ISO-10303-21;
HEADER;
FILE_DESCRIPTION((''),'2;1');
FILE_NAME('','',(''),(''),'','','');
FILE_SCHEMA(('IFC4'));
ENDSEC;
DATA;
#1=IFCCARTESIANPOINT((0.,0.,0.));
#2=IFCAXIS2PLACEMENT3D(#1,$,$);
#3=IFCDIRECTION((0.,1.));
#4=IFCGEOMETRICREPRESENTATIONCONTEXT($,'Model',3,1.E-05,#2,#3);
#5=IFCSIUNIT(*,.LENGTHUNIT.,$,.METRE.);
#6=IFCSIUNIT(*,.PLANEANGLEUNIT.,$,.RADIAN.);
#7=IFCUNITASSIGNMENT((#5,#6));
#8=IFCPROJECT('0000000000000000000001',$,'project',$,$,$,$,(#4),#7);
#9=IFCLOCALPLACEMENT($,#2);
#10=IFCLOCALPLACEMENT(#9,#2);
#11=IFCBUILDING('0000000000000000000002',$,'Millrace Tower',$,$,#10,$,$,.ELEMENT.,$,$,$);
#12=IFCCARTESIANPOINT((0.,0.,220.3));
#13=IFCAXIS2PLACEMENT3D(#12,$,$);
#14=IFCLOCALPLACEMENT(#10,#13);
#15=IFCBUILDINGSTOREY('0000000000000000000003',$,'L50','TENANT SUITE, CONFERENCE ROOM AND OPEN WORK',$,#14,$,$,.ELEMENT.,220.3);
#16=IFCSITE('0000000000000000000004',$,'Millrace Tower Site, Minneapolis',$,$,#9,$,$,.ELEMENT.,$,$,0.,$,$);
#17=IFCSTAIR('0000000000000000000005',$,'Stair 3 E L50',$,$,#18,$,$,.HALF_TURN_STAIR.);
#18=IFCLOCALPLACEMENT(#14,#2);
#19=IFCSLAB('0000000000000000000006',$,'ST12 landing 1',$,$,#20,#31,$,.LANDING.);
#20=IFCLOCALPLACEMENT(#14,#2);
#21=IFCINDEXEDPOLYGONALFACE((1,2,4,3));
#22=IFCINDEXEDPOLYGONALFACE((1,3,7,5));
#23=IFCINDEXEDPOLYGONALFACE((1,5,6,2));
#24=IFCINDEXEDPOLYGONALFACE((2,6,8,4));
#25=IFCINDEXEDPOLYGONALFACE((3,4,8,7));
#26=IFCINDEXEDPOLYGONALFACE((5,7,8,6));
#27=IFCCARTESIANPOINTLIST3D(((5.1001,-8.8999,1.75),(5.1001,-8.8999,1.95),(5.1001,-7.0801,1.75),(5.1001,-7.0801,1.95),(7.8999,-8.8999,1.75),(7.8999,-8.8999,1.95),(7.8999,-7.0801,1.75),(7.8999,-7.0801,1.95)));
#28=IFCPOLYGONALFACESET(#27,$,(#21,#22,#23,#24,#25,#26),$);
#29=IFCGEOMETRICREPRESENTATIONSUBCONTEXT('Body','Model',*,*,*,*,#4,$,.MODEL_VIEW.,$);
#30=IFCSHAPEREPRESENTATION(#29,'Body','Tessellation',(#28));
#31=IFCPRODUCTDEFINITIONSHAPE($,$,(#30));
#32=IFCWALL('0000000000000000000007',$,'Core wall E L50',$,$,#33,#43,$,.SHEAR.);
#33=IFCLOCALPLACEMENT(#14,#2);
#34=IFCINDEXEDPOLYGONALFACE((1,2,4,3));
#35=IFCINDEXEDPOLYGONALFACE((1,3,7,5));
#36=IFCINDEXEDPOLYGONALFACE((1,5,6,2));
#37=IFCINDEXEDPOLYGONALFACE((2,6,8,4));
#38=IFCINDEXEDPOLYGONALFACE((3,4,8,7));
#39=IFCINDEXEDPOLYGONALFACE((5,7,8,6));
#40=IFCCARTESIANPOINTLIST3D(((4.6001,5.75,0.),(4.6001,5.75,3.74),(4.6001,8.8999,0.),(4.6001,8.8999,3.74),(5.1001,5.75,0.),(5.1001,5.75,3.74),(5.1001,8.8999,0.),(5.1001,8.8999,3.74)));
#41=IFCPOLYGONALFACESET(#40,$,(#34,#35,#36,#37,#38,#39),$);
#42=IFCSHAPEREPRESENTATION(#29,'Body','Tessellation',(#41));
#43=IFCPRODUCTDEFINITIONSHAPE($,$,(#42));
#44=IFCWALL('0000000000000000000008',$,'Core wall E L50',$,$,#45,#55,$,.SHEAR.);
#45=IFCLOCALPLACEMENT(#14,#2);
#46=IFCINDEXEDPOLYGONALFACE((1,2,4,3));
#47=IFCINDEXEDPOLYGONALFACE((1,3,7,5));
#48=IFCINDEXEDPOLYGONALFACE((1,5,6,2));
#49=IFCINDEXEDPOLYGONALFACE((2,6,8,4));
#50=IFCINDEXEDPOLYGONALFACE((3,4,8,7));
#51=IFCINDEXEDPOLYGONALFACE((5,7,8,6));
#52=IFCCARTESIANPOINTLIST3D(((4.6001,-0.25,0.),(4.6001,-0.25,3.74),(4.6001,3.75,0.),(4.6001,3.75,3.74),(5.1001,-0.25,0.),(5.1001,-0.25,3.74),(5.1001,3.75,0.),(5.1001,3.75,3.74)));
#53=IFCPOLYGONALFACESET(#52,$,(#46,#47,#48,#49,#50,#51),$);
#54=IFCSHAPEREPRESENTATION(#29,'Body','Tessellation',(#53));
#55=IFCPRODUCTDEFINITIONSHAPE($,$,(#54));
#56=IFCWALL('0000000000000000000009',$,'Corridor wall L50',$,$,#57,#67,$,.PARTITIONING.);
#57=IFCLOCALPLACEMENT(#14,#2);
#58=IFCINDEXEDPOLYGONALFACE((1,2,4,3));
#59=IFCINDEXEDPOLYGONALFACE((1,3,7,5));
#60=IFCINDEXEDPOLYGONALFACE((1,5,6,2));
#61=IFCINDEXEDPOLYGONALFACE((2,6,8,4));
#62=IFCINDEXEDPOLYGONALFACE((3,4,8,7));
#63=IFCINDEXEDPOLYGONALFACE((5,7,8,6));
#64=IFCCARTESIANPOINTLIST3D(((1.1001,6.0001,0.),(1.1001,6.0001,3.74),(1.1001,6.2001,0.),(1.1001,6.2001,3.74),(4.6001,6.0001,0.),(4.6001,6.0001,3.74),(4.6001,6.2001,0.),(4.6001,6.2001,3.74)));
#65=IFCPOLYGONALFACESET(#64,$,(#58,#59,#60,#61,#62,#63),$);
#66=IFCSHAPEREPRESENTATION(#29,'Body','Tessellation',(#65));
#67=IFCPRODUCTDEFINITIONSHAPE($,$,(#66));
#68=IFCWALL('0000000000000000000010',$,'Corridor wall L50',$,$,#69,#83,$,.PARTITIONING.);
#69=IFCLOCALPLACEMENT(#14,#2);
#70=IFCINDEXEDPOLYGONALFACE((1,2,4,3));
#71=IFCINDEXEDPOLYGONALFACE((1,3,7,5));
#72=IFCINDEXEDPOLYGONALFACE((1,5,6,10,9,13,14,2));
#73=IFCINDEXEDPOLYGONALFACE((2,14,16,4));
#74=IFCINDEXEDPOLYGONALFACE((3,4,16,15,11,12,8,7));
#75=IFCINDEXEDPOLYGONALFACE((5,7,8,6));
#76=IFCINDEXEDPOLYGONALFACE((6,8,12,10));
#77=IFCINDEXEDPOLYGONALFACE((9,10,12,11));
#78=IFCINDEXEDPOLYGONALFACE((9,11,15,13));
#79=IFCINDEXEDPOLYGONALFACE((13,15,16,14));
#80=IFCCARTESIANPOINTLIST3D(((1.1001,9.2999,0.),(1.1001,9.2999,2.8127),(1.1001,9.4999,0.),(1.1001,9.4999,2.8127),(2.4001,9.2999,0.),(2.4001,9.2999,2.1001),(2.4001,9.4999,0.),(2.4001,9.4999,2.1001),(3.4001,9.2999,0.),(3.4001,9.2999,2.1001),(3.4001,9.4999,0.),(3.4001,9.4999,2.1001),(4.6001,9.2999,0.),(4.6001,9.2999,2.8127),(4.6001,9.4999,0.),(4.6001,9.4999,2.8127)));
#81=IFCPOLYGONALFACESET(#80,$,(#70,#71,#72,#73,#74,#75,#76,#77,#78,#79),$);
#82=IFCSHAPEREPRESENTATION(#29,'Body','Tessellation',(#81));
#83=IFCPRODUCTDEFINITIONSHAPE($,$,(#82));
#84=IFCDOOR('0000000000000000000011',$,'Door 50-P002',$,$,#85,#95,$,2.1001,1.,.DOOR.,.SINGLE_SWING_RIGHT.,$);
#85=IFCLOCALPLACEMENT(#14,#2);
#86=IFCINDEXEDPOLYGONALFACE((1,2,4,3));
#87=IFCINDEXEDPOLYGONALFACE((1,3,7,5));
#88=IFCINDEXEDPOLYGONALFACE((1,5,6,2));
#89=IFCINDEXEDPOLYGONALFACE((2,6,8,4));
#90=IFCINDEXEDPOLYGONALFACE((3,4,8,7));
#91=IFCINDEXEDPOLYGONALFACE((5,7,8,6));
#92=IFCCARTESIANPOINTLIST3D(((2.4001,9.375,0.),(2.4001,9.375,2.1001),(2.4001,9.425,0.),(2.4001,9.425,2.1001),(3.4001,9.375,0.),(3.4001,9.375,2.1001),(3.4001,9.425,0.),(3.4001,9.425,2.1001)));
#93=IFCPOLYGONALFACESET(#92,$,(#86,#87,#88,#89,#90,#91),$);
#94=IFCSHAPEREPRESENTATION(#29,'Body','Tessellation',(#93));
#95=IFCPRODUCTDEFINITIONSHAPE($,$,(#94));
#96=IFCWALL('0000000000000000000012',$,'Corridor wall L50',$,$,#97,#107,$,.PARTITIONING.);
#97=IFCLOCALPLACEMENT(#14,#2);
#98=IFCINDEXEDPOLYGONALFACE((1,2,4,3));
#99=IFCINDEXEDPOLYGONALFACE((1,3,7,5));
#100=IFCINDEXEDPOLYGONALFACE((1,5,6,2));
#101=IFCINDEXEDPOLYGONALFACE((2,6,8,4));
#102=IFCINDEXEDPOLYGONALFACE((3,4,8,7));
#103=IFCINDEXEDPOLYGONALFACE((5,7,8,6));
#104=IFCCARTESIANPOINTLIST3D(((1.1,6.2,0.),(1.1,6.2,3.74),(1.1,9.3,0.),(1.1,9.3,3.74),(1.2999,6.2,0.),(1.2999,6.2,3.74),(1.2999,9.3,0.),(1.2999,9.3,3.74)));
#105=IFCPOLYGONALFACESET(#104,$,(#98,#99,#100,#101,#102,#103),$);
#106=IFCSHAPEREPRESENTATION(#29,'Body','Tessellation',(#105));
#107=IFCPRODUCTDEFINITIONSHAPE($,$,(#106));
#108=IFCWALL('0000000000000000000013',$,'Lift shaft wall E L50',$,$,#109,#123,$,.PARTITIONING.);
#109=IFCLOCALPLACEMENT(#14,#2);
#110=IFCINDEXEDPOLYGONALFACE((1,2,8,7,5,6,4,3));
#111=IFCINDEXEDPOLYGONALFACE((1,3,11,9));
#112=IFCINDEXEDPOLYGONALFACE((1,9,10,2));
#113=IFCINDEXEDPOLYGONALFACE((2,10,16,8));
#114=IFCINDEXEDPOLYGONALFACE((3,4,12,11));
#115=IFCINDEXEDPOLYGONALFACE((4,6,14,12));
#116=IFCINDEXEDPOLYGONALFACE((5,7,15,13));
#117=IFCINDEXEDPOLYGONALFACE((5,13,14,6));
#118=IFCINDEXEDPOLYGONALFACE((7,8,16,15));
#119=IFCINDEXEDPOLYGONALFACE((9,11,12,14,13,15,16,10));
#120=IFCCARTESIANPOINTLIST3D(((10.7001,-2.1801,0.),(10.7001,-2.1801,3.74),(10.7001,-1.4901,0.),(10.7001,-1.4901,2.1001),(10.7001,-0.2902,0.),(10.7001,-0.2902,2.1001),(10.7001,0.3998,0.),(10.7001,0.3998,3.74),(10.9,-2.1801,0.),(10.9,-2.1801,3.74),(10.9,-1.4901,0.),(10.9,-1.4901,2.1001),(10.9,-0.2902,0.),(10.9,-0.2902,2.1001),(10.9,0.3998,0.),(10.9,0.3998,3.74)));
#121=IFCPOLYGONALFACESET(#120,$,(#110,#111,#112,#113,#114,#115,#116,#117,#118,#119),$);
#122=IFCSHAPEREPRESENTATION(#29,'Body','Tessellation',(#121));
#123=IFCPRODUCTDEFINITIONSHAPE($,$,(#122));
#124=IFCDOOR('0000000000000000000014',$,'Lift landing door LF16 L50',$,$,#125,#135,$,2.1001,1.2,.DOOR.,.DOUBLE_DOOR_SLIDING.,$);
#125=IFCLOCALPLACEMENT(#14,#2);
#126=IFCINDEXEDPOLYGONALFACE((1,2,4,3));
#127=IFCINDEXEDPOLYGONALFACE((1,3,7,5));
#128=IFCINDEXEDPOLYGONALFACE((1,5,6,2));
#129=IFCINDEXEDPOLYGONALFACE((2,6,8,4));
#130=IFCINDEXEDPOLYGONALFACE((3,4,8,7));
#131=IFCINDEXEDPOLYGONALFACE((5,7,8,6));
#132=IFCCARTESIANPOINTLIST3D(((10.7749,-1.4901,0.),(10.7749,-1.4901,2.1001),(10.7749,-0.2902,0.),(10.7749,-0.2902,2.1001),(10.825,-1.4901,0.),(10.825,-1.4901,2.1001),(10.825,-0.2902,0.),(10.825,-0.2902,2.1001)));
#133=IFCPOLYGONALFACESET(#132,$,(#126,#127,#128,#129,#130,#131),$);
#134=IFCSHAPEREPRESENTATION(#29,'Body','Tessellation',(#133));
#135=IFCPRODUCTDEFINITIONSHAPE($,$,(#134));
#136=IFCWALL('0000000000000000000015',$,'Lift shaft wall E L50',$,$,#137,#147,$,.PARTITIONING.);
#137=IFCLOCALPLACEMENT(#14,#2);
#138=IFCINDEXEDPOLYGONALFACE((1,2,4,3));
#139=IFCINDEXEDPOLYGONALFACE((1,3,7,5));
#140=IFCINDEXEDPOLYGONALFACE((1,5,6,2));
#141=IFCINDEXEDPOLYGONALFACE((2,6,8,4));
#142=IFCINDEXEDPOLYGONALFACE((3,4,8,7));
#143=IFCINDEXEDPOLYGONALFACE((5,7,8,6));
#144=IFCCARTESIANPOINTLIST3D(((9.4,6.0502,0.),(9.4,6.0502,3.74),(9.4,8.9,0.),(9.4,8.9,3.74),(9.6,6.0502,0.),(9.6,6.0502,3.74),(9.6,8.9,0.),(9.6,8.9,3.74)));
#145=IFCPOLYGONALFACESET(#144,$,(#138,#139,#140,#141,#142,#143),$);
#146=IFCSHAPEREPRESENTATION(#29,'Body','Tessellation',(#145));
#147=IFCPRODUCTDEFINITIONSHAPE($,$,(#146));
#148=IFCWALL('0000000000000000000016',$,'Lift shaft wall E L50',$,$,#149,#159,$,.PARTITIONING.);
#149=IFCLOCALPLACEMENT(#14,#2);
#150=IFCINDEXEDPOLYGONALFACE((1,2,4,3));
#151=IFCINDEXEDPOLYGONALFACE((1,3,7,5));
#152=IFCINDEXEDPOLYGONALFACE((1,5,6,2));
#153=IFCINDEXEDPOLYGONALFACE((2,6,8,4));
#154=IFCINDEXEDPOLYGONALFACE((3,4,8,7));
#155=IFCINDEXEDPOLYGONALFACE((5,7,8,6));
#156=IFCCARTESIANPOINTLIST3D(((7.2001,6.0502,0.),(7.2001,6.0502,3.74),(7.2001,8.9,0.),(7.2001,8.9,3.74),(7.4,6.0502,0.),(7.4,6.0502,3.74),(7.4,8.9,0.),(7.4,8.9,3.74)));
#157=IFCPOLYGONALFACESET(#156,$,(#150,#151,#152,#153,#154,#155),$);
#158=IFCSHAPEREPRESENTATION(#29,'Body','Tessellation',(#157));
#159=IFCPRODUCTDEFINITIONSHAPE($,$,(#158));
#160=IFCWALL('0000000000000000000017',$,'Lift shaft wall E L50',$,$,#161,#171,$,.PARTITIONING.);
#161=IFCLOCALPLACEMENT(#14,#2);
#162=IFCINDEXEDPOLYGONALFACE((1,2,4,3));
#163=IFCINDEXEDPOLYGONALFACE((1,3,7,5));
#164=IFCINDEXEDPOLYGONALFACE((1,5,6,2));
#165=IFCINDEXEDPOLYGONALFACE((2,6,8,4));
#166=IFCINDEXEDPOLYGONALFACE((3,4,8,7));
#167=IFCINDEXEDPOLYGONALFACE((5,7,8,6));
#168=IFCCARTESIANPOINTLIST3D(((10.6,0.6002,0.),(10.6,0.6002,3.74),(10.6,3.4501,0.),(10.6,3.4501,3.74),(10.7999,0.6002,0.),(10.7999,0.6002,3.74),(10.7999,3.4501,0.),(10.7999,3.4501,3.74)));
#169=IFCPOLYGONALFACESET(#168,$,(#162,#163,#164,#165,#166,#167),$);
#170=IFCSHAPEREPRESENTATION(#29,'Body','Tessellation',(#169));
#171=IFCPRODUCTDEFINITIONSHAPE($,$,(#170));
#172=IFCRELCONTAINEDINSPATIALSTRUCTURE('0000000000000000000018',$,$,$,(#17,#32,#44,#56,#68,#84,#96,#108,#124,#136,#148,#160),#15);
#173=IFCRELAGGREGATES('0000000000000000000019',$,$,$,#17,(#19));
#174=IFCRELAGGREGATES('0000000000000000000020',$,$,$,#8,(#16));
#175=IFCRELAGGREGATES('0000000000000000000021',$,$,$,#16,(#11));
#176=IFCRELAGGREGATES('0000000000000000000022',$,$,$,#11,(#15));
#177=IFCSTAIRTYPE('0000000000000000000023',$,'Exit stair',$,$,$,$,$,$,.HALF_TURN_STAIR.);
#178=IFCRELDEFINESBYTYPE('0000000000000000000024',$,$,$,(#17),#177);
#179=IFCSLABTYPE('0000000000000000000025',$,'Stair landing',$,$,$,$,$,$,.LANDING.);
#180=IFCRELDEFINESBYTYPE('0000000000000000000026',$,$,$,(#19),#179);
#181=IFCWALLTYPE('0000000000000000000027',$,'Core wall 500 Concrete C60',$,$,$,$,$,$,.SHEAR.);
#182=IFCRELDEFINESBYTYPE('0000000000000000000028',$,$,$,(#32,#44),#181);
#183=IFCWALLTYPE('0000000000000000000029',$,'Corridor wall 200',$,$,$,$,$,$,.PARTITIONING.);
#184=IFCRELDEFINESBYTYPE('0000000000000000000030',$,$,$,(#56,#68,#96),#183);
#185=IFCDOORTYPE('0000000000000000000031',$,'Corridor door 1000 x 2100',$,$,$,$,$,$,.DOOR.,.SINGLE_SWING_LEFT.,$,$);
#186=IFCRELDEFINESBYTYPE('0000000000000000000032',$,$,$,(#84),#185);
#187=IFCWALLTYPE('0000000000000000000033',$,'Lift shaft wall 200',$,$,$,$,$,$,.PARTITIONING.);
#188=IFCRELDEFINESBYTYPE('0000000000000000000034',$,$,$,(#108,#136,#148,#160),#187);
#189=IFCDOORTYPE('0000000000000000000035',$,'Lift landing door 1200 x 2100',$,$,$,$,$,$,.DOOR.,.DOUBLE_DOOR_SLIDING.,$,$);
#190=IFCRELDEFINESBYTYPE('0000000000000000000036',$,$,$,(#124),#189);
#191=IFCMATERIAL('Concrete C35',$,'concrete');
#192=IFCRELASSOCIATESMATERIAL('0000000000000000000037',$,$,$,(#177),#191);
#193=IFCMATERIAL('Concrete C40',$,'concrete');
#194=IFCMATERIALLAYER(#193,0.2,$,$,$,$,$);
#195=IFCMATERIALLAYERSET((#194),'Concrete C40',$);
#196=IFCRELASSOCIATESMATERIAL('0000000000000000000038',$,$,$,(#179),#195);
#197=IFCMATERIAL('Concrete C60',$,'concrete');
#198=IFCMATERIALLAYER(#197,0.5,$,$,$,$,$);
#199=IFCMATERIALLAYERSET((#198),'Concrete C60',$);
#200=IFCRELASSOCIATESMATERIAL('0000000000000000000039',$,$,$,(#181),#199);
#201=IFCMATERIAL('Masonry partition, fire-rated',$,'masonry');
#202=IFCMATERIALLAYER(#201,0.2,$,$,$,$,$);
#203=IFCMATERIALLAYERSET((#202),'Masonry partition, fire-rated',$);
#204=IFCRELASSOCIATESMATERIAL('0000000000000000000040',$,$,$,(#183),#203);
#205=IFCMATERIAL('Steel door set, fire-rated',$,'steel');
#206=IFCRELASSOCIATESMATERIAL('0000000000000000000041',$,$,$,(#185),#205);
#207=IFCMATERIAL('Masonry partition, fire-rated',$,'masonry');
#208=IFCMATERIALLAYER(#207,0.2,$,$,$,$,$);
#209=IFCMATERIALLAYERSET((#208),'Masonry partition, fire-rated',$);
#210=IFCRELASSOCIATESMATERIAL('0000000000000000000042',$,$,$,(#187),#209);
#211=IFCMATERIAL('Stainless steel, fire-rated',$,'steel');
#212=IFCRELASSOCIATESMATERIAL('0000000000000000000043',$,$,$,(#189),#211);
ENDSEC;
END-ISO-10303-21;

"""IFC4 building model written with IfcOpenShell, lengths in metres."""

from ifc_helpers import new_model, si_unit, direction, frame, frame_2d, origin, place, context, subcontext, project, spatial, polyline, rectangle, outline, extrude, material, layer, layer_set, type_object, element, fill, aggregate, save


model = new_model("IFC4")

# Units and contexts
model_context = context("Model", 3, precision=1e-05, world=origin(), true_north=direction((0.0, 1.0)))
body_context = subcontext(model_context, "Body", "Model", "MODEL_VIEW")
ifc_project = project(units=[si_unit("LENGTHUNIT", "METRE"), si_unit("PLANEANGLEUNIT", "RADIAN")], contexts=[model_context])

# Site, building, storey
site_placement = place(None, origin())
site = spatial("IfcSite", under=ifc_project, at=site_placement, Name="Millrace Tower Site, Minneapolis", CompositionType="ELEMENT", RefElevation=0.0)
building_placement = place(site_placement, origin())
building = spatial("IfcBuilding", under=site, at=building_placement, Name="Millrace Tower", CompositionType="ELEMENT")
storey_placement = place(building_placement, frame((0.0, 0.0, 220.3)))
storey = spatial("IfcBuildingStorey", under=building, at=storey_placement, Name="L50", Description="TENANT SUITE, CONFERENCE ROOM AND OPEN WORK", CompositionType="ELEMENT", Elevation=220.3)

# Shared definitions
placement_1 = place(storey_placement, origin())

# Stair, slab
ifc_material_1 = material(Name="Concrete C35", Category="concrete")
stair_type = type_object("IfcStairType", Name="Exit stair", PredefinedType="HALF_TURN_STAIR", material=ifc_material_1)
ifc_material_2 = material(Name="Concrete C40", Category="concrete")
ifc_layer_1 = layer(ifc_material_2, 0.2)
ifc_layer_set_1 = layer_set([ifc_layer_1], Name="Concrete C40")
slab_type = type_object("IfcSlabType", Name="Stair landing", PredefinedType="LANDING", material=ifc_layer_set_1)
placement_2 = place(storey_placement, frame((0.0, 0.0, 1.75)))
stair_1 = element("IfcStair", 1, at=placement_1, inside=storey, type_object=stair_type, Name="Stair 3 E L50", PredefinedType="HALF_TURN_STAIR")
slab_1 = element("IfcSlab", 2, at=placement_2, type_object=slab_type, Name="ST12 landing 1", PredefinedType="LANDING", context=body_context, shape_type="SweptSolid", body=[
    extrude(outline(polyline([(5.1001, -8.8999), (7.8999, -8.8999), (7.8999, -7.0801), (5.1001, -7.0801), (5.1001, -8.8999)])), origin(), (0.0, 0.0, 1.0), 0.2),
])
aggregate(stair_1, [slab_1])

# Walls
ifc_material_3 = material(Name="Concrete C60", Category="concrete")
ifc_layer_2 = layer(ifc_material_3, 0.5)
ifc_layer_set_2 = layer_set([ifc_layer_2], Name="Concrete C60")
wall_type_1 = type_object("IfcWallType", Name="Core wall 500 Concrete C60", PredefinedType="SHEAR", material=ifc_layer_set_2)
wall_1_placement = place(storey_placement, frame((4.8501, 8.8999, 0.0), z_axis=(0.0, 0.0, 1.0), x_axis=(0.0, -1.0, 0.0)))
element("IfcWall", 3, at=wall_1_placement, inside=storey, type_object=wall_type_1, Name="Core wall E L50", PredefinedType="SHEAR", context=body_context, shape_type="SweptSolid", body=[
    extrude(rectangle(XDim=3.1499, YDim=0.5, at=frame_2d((1.575, 0.0))), origin(), (0.0, 0.0, 1.0), 3.74),
])
wall_2_placement = place(storey_placement, frame((4.8501, 3.75, 0.0), z_axis=(0.0, 0.0, 1.0), x_axis=(0.0, -1.0, 0.0)))
element("IfcWall", 4, at=wall_2_placement, inside=storey, type_object=wall_type_1, Name="Core wall E L50", PredefinedType="SHEAR", context=body_context, shape_type="SweptSolid", body=[
    extrude(rectangle(XDim=4.0, YDim=0.5, at=frame_2d((2.0, 0.0))), origin(), (0.0, 0.0, 1.0), 3.74),
])
ifc_material_4 = material(Name="Masonry partition, fire-rated", Category="masonry")
ifc_layer_3 = layer(ifc_material_4, 0.2)
ifc_layer_set_3 = layer_set([ifc_layer_3], Name="Masonry partition, fire-rated")
wall_type_2 = type_object("IfcWallType", Name="Corridor wall 200", PredefinedType="PARTITIONING", material=ifc_layer_set_3)
wall_3_placement = place(storey_placement, frame((1.1001, 6.1001, 0.0), z_axis=(0.0, 0.0, 1.0), x_axis=(1.0, 0.0, 0.0)))
element("IfcWall", 5, at=wall_3_placement, inside=storey, type_object=wall_type_2, Name="Corridor wall L50", PredefinedType="PARTITIONING", context=body_context, shape_type="SweptSolid", body=[
    extrude(rectangle(XDim=3.5, YDim=0.2, at=frame_2d((1.75, 0.0))), origin(), (0.0, 0.0, 1.0), 3.74),
])

# Wall, opening, door
wall_4_placement = place(storey_placement, frame((1.1001, 9.3999, 0.0), z_axis=(0.0, 0.0, 1.0), x_axis=(1.0, 0.0, 0.0)))
wall_4 = element("IfcWall", 6, at=wall_4_placement, inside=storey, type_object=wall_type_2, Name="Corridor wall L50", PredefinedType="PARTITIONING", context=body_context, shape_type="SweptSolid", body=[
    extrude(rectangle(XDim=3.5, YDim=0.2, at=frame_2d((1.75, 0.0))), origin(), (0.0, 0.0, 1.0), 2.8127),
])
opening_1_placement = place(wall_4_placement, frame((1.3, 0.0, 0.0)))
opening_1 = element("IfcOpeningElement", 7, at=opening_1_placement, cuts=wall_4, PredefinedType="OPENING", context=body_context, shape_type="SweptSolid", body=[
    extrude(rectangle(XDim=1.0, YDim=2.1001, at=frame_2d((0.5, 1.05))), frame((0.0, 0.1099, 0.0), z_axis=(0.0, -1.0, 0.0), x_axis=(1.0, 0.0, 0.0)), (0.0, 0.0, 1.0), 0.22),
])
ifc_material_5 = material(Name="Steel door set, fire-rated", Category="steel")
door_type_1 = type_object("IfcDoorType", Name="Corridor door 1000 x 2100", OperationType="SINGLE_SWING_LEFT", PredefinedType="DOOR", material=ifc_material_5)
door_1_placement = place(opening_1_placement, frame((1.0, 0.0, 0.0), z_axis=(0.0, 0.0, 1.0), x_axis=(-1.0, 0.0, 0.0)))
door_1 = element("IfcDoor", 8, at=door_1_placement, inside=storey, type_object=door_type_1, Name="Door 50-P002", OperationType="SINGLE_SWING_RIGHT", OverallHeight=2.1001, OverallWidth=1.0, PredefinedType="DOOR", context=body_context, shape_type="SweptSolid", body=[
    extrude(rectangle(XDim=1.0, YDim=2.1001, at=frame_2d((0.5, 1.05))), frame((0.0, 0.0249, 0.0), z_axis=(0.0, -1.0, 0.0), x_axis=(1.0, 0.0, 0.0)), (0.0, 0.0, 1.0), 0.05),
])
fill(opening_1, door_1)

# Wall
wall_5_placement = place(storey_placement, frame((1.2, 6.2, 0.0), z_axis=(0.0, 0.0, 1.0), x_axis=(0.0, 1.0, 0.0)))
element("IfcWall", 9, at=wall_5_placement, inside=storey, type_object=wall_type_2, Name="Corridor wall L50", PredefinedType="PARTITIONING", context=body_context, shape_type="SweptSolid", body=[
    extrude(rectangle(XDim=3.1001, YDim=0.2, at=frame_2d((1.55, 0.0))), origin(), (0.0, 0.0, 1.0), 3.74),
])

# Wall, opening, door
ifc_material_6 = material(Name="Masonry partition, fire-rated", Category="masonry")
ifc_layer_4 = layer(ifc_material_6, 0.2)
ifc_layer_set_4 = layer_set([ifc_layer_4], Name="Masonry partition, fire-rated")
wall_type_3 = type_object("IfcWallType", Name="Lift shaft wall 200", PredefinedType="PARTITIONING", material=ifc_layer_set_4)
wall_6_placement = place(storey_placement, frame((10.8, 0.3999, 0.0), z_axis=(0.0, 0.0, 1.0), x_axis=(0.0, -1.0, 0.0)))
wall_6 = element("IfcWall", 10, at=wall_6_placement, inside=storey, type_object=wall_type_3, Name="Lift shaft wall E L50", PredefinedType="PARTITIONING", context=body_context, shape_type="SweptSolid", body=[
    extrude(rectangle(XDim=2.5798, YDim=0.2, at=frame_2d((1.29, 0.0))), origin(), (0.0, 0.0, 1.0), 3.74),
])
opening_2_placement = place(wall_6_placement, frame((0.6899, 0.0, 0.0)))
opening_2 = element("IfcOpeningElement", 11, at=opening_2_placement, cuts=wall_6, PredefinedType="OPENING", context=body_context, shape_type="SweptSolid", body=[
    extrude(rectangle(XDim=1.2, YDim=2.1001, at=frame_2d((0.6001, 1.05))), frame((0.0, 0.1099, 0.0), z_axis=(0.0, -1.0, 0.0), x_axis=(1.0, 0.0, 0.0)), (0.0, 0.0, 1.0), 0.22),
])
ifc_material_7 = material(Name="Stainless steel, fire-rated", Category="steel")
door_type_2 = type_object("IfcDoorType", Name="Lift landing door 1200 x 2100", OperationType="DOUBLE_DOOR_SLIDING", PredefinedType="DOOR", material=ifc_material_7)
door_2_placement = place(opening_2_placement, origin())
door_2 = element("IfcDoor", 12, at=door_2_placement, inside=storey, type_object=door_type_2, Name="Lift landing door LF16 L50", OperationType="DOUBLE_DOOR_SLIDING", OverallHeight=2.1001, OverallWidth=1.2, PredefinedType="DOOR", context=body_context, shape_type="SweptSolid", body=[
    extrude(rectangle(XDim=1.2, YDim=2.1001, at=frame_2d((0.6001, 1.05))), frame((0.0, 0.0249, 0.0), z_axis=(0.0, -1.0, 0.0), x_axis=(1.0, 0.0, 0.0)), (0.0, 0.0, 1.0), 0.05),
])
fill(opening_2, door_2)

# Walls
for number, where, z_axis, x_axis, name in (
    (13, (9.5, 8.8999, 0.0), (0.0, 0.0, 1.0), (0.0, -1.0, 0.0), "Lift shaft wall E L50"),
    (14, (7.3, 8.8999, 0.0), (0.0, 0.0, 1.0), (0.0, -1.0, 0.0), "Lift shaft wall E L50"),
    (15, (10.7, 3.45, 0.0), (0.0, 0.0, 1.0), (0.0, -1.0, 0.0), "Lift shaft wall E L50"),
):
    element("IfcWall", number, at=place(storey_placement, frame(where, z_axis=z_axis, x_axis=x_axis)), inside=storey, type_object=wall_type_3, Name=name, PredefinedType="PARTITIONING", context=body_context, shape_type="SweptSolid", body=[
        extrude(rectangle(XDim=2.8499, YDim=0.2, at=frame_2d((1.4248, 0.0))), origin(), (0.0, 0.0, 1.0), 3.74),
    ])

save(model, "model.ifc")
